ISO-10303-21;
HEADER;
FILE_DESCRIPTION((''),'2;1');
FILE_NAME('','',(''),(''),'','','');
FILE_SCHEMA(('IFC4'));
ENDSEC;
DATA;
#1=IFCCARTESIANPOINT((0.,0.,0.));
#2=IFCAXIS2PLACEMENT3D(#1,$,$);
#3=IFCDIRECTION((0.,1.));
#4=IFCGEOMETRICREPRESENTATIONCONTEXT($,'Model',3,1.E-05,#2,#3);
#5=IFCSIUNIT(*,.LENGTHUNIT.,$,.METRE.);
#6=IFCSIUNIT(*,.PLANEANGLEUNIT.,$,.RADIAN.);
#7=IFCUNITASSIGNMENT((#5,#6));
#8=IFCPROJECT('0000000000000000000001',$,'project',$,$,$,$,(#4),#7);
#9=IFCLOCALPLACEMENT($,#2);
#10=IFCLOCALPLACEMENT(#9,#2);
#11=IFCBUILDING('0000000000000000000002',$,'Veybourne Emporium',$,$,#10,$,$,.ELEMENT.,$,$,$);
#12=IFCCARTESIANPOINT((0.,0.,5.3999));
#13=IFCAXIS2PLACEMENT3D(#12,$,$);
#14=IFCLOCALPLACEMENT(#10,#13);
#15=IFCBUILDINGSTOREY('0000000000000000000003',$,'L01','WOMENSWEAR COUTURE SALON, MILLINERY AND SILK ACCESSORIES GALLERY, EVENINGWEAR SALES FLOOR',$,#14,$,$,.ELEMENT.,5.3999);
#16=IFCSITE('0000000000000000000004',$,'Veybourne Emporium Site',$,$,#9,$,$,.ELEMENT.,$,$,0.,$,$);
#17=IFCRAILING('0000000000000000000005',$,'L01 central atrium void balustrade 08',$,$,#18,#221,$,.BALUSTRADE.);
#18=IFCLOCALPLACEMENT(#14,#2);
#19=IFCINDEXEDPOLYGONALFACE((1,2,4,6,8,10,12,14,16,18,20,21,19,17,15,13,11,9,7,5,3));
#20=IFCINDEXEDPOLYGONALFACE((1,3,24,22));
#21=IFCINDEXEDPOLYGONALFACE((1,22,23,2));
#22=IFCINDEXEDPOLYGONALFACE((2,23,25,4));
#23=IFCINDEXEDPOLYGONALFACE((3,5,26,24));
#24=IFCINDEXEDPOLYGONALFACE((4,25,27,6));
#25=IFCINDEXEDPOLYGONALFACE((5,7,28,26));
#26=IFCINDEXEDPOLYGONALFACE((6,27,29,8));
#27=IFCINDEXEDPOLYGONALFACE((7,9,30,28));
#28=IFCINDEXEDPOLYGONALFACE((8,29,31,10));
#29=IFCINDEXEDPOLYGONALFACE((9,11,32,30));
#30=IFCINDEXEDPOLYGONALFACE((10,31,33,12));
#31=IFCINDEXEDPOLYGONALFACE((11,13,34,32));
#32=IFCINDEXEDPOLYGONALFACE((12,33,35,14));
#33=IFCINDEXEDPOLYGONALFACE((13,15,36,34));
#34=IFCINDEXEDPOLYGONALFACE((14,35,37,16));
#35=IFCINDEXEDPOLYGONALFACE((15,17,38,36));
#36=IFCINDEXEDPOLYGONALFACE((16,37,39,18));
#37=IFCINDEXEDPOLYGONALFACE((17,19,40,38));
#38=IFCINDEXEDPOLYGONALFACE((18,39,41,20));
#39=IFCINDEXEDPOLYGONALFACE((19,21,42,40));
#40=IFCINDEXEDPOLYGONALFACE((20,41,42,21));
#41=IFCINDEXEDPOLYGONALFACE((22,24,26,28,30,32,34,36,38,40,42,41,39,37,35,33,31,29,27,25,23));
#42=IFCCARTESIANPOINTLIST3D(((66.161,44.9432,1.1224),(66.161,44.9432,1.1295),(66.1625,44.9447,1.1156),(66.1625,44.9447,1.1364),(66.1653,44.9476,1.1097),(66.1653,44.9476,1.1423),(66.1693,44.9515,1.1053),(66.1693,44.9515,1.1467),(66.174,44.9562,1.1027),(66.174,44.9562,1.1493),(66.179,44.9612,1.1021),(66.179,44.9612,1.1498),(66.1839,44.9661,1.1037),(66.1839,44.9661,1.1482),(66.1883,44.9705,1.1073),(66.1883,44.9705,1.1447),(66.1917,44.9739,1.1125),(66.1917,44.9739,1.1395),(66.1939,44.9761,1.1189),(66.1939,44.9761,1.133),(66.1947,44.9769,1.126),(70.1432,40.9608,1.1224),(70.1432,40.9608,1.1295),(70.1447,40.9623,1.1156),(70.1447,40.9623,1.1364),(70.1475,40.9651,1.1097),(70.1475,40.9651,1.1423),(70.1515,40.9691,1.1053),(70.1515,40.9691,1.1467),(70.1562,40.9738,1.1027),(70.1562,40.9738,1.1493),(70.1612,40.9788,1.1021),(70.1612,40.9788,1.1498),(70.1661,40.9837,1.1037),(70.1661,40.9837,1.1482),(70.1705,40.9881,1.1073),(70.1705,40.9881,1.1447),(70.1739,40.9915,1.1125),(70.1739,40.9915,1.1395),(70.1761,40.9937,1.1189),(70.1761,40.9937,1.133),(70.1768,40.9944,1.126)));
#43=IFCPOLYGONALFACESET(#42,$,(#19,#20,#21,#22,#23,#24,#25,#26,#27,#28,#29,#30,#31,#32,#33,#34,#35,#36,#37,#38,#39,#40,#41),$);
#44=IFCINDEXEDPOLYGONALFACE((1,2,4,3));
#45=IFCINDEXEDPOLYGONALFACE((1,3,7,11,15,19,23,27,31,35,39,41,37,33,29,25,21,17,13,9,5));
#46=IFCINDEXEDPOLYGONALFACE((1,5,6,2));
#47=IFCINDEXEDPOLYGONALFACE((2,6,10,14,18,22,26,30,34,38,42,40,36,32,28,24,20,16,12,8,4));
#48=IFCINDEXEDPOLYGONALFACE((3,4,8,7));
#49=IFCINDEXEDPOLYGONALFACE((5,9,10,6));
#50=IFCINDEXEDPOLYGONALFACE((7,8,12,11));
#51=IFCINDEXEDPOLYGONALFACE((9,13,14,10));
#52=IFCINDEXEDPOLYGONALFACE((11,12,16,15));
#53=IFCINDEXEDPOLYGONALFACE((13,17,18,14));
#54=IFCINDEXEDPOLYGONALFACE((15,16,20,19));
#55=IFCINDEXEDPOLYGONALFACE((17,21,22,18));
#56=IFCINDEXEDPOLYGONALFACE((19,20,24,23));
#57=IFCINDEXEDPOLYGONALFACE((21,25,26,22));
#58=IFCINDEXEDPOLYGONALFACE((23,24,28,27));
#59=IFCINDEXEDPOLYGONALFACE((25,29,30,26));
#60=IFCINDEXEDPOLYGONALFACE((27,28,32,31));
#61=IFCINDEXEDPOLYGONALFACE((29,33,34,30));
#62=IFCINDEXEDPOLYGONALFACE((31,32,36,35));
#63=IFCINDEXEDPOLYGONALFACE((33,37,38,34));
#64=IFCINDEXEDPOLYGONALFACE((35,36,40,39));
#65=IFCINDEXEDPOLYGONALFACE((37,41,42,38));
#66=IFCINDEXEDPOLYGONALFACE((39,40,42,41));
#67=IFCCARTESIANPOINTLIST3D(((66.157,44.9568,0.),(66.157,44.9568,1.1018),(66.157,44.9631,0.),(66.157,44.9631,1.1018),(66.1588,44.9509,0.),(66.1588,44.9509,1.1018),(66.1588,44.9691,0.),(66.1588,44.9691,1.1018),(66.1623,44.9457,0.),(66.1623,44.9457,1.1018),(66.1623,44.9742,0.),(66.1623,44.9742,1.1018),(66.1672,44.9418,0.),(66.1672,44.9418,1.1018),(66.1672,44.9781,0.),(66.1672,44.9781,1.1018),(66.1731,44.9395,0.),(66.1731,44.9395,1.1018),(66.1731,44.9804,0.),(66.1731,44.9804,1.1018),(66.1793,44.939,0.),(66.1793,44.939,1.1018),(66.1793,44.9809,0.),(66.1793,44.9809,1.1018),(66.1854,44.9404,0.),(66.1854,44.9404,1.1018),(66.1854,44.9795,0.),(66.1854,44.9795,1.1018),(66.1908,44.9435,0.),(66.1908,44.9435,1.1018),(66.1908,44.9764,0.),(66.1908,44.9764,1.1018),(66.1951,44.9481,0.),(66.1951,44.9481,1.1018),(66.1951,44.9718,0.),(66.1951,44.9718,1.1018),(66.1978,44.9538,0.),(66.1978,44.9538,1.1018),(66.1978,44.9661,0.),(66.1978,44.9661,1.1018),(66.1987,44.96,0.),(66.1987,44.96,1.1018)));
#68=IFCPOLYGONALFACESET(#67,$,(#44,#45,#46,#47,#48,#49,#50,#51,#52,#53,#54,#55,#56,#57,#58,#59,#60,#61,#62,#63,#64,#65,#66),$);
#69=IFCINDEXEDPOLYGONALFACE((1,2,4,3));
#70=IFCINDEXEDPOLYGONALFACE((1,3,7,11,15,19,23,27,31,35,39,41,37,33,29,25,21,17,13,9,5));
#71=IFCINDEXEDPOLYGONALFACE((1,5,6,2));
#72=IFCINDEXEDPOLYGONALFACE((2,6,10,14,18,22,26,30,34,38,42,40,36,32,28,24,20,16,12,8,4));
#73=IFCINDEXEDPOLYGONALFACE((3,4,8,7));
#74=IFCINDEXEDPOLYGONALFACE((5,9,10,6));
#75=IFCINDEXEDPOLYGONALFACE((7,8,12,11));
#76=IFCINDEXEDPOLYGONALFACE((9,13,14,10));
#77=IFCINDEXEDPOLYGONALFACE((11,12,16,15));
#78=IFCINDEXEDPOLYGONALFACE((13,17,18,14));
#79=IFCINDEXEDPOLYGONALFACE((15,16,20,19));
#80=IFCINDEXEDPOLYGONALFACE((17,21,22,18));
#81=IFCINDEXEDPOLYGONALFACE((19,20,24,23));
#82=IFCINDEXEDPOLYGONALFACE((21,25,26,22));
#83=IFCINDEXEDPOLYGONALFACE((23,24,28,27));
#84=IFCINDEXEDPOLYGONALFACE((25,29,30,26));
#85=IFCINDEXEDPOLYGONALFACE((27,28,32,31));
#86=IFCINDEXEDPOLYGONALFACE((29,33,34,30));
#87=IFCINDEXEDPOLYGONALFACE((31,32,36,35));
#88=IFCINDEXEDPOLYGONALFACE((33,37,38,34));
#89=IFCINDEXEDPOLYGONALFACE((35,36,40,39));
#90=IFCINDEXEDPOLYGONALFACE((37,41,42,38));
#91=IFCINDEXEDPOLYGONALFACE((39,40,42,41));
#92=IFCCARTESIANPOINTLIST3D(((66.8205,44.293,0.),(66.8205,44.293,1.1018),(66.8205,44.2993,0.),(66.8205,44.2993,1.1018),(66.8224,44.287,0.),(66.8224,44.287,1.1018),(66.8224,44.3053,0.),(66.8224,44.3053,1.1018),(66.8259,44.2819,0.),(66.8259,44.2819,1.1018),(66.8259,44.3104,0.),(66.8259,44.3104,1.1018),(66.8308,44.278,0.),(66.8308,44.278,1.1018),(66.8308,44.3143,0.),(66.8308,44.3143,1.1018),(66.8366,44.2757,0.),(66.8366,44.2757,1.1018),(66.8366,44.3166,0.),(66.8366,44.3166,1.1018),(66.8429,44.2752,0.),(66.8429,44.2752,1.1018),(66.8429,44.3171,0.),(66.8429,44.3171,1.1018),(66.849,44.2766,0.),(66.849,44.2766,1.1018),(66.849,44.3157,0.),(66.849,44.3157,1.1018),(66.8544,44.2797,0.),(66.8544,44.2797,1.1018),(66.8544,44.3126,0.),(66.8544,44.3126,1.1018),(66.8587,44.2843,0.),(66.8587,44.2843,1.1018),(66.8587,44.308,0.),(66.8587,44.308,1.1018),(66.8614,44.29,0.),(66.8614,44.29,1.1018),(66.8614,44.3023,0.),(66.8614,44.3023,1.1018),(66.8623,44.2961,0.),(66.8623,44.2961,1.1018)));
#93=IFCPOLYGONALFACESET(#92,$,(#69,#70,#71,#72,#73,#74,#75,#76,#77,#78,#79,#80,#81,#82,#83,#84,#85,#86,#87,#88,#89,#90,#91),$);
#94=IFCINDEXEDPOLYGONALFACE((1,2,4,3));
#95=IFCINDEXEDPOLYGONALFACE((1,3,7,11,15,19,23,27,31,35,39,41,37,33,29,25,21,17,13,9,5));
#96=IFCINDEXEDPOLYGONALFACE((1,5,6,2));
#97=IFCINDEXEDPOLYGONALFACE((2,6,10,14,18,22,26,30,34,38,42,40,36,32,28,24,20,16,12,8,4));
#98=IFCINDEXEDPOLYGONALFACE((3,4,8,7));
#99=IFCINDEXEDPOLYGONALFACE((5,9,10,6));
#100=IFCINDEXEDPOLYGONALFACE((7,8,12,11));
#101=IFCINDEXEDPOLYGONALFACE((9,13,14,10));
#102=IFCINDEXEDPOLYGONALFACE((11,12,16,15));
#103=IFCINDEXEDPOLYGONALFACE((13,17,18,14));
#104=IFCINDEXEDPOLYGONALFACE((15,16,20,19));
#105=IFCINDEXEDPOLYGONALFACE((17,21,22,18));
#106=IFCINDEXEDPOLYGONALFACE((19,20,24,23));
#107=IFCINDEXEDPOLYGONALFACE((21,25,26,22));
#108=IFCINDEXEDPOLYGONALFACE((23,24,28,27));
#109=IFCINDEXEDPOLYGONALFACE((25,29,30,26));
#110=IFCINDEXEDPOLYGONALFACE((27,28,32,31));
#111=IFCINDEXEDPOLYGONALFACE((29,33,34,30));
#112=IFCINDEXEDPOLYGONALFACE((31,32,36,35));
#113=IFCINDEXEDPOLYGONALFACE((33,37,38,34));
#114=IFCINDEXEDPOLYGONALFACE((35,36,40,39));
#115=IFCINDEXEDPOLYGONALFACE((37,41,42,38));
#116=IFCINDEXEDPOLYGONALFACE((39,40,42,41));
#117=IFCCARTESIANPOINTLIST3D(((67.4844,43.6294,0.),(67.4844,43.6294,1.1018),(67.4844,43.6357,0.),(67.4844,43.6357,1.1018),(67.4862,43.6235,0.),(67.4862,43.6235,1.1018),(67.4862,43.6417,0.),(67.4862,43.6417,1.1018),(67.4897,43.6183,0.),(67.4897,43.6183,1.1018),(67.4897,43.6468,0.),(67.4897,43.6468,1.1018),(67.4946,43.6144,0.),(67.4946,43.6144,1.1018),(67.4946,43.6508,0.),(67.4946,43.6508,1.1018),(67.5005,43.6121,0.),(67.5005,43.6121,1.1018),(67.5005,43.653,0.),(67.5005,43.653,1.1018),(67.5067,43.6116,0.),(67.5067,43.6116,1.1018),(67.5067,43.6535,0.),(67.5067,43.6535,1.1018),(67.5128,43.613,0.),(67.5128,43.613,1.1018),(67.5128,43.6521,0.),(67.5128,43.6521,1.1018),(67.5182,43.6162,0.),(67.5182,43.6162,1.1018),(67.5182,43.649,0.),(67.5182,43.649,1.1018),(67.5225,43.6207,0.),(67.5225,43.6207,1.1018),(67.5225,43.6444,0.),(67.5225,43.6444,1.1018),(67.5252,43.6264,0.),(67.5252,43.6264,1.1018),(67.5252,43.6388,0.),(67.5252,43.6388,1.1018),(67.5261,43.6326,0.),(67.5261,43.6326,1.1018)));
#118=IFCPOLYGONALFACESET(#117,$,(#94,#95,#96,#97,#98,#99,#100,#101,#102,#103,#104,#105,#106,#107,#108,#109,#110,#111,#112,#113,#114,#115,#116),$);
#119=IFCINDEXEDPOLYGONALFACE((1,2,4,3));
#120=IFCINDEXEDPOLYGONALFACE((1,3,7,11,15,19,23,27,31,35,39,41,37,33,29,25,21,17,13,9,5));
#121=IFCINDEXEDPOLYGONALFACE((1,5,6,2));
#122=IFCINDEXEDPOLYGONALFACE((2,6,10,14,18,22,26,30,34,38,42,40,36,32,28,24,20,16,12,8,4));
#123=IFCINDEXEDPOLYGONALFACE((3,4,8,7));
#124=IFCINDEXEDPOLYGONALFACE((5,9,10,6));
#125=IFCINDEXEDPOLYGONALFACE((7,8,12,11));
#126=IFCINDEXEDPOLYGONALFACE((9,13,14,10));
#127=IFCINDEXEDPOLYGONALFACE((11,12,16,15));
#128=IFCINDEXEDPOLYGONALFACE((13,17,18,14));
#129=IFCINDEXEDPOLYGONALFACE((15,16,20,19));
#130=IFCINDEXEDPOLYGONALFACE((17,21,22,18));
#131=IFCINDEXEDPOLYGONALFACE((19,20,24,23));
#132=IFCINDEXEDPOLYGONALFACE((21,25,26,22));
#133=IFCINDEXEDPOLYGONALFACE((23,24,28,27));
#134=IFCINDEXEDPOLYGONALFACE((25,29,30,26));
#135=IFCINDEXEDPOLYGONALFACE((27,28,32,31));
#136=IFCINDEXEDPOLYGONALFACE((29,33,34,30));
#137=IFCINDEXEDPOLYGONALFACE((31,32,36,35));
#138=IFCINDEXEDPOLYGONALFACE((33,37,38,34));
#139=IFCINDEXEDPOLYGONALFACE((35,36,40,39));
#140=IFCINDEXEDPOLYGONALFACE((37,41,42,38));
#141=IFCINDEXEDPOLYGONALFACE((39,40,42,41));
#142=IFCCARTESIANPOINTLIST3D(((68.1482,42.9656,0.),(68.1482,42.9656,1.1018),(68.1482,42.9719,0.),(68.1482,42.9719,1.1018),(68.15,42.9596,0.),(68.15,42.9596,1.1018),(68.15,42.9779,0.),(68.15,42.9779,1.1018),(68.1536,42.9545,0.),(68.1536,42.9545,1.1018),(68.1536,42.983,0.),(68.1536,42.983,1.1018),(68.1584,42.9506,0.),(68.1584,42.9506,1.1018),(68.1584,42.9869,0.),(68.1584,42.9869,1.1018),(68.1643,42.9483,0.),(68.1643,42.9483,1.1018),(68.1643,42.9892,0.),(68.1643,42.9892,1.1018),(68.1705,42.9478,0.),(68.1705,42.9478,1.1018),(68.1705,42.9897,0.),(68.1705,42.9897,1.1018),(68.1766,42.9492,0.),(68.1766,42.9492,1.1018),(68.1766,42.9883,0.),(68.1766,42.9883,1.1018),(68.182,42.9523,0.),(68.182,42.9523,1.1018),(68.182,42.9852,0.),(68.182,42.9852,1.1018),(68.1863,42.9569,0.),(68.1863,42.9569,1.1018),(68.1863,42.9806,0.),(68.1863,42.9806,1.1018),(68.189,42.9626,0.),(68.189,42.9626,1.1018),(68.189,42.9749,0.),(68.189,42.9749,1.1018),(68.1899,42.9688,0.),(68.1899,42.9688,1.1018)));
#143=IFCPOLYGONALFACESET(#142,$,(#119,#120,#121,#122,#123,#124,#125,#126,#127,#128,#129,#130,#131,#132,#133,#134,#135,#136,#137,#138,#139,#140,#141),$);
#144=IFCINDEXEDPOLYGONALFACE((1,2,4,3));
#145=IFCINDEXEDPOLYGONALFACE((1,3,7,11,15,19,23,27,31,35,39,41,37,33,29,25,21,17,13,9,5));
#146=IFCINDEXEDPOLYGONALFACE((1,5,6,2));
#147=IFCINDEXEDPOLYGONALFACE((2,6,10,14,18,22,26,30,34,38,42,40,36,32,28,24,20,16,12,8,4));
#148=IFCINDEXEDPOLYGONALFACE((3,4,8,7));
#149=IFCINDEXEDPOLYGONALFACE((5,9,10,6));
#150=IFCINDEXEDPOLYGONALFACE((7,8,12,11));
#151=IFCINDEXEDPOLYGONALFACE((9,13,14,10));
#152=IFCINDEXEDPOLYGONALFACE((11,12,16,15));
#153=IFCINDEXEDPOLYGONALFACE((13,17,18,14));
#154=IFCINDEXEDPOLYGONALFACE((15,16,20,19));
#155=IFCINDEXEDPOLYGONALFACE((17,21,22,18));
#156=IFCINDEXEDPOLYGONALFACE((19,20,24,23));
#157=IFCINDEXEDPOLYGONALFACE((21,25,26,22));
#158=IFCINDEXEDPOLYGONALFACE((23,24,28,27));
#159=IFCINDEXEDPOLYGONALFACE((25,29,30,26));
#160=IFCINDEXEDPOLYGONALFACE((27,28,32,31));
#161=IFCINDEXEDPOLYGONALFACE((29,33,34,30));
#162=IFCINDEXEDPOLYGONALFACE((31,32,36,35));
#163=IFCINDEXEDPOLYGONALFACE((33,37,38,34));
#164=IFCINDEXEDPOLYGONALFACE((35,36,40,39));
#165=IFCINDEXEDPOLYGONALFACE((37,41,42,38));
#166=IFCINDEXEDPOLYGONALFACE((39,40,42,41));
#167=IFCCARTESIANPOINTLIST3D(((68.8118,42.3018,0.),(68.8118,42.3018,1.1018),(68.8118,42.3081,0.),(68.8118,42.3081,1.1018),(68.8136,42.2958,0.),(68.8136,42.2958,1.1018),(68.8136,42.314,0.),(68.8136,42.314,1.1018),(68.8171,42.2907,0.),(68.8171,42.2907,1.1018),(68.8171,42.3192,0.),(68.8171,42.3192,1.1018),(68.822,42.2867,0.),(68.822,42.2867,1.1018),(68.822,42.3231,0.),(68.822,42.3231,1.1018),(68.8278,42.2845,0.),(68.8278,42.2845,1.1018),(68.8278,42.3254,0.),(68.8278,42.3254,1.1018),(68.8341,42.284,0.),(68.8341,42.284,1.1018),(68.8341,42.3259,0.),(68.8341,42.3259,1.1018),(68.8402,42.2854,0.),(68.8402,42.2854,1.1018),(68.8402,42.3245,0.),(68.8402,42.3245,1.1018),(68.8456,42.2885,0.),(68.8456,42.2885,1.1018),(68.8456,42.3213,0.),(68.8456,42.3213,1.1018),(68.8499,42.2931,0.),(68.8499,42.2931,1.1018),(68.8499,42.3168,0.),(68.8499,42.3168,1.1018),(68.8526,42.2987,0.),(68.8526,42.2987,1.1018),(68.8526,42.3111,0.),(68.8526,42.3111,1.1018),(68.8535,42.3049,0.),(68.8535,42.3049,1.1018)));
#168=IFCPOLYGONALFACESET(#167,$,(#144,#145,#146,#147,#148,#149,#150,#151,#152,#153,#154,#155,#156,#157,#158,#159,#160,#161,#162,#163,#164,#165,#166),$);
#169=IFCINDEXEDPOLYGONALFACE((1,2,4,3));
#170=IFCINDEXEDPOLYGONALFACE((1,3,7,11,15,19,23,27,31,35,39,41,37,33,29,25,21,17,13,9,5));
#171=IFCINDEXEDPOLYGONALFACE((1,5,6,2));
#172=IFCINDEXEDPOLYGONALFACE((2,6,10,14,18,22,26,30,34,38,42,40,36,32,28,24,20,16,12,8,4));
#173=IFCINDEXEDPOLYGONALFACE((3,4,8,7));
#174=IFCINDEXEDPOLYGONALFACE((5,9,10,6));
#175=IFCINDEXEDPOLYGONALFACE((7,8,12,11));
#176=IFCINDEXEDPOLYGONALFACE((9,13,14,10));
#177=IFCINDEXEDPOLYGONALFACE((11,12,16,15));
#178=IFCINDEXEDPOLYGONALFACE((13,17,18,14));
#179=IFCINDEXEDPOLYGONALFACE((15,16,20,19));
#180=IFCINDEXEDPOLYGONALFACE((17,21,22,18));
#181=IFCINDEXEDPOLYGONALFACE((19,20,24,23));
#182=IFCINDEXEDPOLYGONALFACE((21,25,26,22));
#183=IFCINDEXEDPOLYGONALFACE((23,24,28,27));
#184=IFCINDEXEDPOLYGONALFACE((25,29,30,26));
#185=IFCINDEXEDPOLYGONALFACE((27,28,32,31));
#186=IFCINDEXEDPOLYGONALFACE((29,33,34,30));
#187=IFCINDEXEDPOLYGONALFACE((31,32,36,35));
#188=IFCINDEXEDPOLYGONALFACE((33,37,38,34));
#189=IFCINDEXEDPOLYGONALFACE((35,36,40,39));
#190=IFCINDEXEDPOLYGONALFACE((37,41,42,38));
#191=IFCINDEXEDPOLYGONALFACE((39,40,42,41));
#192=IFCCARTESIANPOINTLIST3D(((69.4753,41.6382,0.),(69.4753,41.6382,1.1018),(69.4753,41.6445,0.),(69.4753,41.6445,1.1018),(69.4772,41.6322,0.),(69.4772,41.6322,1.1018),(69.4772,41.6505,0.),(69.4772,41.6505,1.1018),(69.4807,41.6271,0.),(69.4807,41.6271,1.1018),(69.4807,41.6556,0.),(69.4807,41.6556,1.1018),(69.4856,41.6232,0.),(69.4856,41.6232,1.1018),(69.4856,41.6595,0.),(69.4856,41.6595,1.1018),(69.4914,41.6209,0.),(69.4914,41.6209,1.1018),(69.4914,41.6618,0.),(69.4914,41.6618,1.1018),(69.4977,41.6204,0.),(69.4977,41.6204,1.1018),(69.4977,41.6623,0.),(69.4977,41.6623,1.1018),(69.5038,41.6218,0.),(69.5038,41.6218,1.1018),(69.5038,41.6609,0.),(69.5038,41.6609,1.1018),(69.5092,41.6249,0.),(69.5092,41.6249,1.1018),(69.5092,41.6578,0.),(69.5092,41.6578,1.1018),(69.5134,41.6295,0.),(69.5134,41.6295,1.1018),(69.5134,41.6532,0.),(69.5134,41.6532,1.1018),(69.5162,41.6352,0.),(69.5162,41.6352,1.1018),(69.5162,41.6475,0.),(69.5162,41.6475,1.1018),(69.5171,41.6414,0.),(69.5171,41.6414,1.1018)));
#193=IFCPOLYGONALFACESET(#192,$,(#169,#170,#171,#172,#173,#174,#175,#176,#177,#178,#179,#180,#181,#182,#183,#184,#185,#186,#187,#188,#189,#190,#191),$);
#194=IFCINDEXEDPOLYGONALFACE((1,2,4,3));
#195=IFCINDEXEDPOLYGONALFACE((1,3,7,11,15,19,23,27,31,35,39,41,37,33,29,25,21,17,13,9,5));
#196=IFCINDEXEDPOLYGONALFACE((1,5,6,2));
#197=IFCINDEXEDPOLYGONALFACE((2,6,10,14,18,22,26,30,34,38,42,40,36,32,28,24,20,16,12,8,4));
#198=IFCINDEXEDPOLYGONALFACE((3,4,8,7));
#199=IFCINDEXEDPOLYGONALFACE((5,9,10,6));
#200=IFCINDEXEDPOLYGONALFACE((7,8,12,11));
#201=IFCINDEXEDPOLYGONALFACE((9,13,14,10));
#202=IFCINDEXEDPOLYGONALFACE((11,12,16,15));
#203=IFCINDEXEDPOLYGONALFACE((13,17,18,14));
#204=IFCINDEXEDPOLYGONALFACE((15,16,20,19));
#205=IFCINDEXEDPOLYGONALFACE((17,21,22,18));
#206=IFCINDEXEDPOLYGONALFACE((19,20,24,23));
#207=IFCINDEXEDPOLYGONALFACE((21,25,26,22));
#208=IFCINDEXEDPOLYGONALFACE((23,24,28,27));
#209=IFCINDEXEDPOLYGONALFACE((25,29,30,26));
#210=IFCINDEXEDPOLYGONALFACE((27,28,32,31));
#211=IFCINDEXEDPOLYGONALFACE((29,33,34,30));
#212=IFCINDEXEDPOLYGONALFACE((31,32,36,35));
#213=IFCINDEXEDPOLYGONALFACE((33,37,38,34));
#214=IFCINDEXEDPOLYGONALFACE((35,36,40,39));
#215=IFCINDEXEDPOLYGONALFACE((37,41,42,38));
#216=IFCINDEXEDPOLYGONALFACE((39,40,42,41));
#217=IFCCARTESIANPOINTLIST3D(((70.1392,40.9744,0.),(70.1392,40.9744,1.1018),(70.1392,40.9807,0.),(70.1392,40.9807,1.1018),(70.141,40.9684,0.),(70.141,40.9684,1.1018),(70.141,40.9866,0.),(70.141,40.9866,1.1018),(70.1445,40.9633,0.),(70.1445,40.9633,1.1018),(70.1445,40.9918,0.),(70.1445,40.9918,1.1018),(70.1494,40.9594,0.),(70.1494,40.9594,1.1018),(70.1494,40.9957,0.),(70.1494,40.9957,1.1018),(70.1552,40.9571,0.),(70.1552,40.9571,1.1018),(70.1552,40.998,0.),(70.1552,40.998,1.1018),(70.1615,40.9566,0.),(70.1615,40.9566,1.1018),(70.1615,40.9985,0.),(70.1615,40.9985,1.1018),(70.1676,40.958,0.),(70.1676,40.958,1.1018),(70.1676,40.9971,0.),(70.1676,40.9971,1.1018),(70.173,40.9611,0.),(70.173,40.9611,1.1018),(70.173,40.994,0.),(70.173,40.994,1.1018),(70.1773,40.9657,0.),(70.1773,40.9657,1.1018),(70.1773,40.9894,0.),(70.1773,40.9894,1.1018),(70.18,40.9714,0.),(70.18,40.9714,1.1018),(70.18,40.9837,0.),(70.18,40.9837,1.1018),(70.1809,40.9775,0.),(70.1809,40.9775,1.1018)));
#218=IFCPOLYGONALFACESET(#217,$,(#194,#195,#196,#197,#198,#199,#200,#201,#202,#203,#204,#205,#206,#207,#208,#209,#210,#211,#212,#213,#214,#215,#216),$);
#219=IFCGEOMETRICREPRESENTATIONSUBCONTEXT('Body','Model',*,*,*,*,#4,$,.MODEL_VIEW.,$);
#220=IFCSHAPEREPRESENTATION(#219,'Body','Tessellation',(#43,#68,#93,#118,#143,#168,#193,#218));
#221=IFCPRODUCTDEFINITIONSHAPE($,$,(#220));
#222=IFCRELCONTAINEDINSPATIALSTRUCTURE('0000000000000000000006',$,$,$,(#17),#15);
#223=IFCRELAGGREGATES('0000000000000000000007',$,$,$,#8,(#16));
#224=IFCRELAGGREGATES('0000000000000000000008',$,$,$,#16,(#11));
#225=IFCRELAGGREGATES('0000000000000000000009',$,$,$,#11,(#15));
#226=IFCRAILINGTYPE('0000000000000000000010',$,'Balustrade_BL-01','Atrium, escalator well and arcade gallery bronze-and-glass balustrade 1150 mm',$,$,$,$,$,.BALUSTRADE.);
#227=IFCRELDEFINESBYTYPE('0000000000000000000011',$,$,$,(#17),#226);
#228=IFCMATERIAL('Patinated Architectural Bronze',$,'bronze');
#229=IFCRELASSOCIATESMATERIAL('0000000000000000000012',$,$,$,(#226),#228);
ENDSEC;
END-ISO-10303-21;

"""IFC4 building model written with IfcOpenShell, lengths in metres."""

from ifc_helpers import new_model, si_unit, direction, frame, origin, origin_2d, place, context, subcontext, project, spatial, circle, extrude, material, type_object, element, save


model = new_model("IFC4")

# Units and contexts
model_context = context("Model", 3, precision=1e-05, world=origin(), true_north=direction((0.0, 1.0)))
body_context = subcontext(model_context, "Body", "Model", "MODEL_VIEW")
ifc_project = project(units=[si_unit("LENGTHUNIT", "METRE"), si_unit("PLANEANGLEUNIT", "RADIAN")], contexts=[model_context])

# Site, building, storey
site_placement = place(None, origin())
site = spatial("IfcSite", under=ifc_project, at=site_placement, Name="Veybourne Emporium Site", CompositionType="ELEMENT", RefElevation=0.0)
building_placement = place(site_placement, origin())
building = spatial("IfcBuilding", under=site, at=building_placement, Name="Veybourne Emporium", CompositionType="ELEMENT")
storey_placement = place(building_placement, frame((0.0, 0.0, 5.3999)))
storey = spatial("IfcBuildingStorey", under=building, at=storey_placement, Name="L01", Description="WOMENSWEAR COUTURE SALON, MILLINERY AND SILK ACCESSORIES GALLERY, EVENINGWEAR SALES FLOOR", CompositionType="ELEMENT", Elevation=5.3999)

# Railing
ifc_material_1 = material(Name="Patinated Architectural Bronze", Category="bronze")
railing_type = type_object("IfcRailingType", Name="Balustrade_BL-01", Description="Atrium, escalator well and arcade gallery bronze-and-glass balustrade 1150 mm", PredefinedType="BALUSTRADE", material=ifc_material_1)
railing_1_placement = place(storey_placement, frame((66.1777, 44.96, 0.0)))
element("IfcRailing", 1, at=railing_1_placement, inside=storey, type_object=railing_type, Name="L01 central atrium void balustrade 08", PredefinedType="BALUSTRADE", context=body_context, shape_type="SweptSolid", body=[
    extrude(circle(Radius=0.0239, at=origin_2d()), frame((0.0, 0.0, 1.126), z_axis=(0.707085, -0.707128, 0.0), x_axis=(0.707128, 0.707085, 0.0)), (0.0, 0.0, 1.0), 5.6318),
    extrude(circle(Radius=0.021, at=origin_2d()), origin(), (0.0, 0.0, 1.0), 1.1018),
    extrude(circle(Radius=0.021, at=origin_2d()), frame((0.6636, -0.6638, 0.0)), (0.0, 0.0, 1.0), 1.1018),
    extrude(circle(Radius=0.021, at=origin_2d()), frame((1.3274, -1.3274, 0.0)), (0.0, 0.0, 1.0), 1.1018),
    extrude(circle(Radius=0.021, at=origin_2d()), frame((1.9912, -1.9912, 0.0)), (0.0, 0.0, 1.0), 1.1018),
    extrude(circle(Radius=0.021, at=origin_2d()), frame((2.6548, -2.655, 0.0)), (0.0, 0.0, 1.0), 1.1018),
    extrude(circle(Radius=0.021, at=origin_2d()), frame((3.3184, -3.3186, 0.0)), (0.0, 0.0, 1.0), 1.1018),
    extrude(circle(Radius=0.021, at=origin_2d()), frame((3.9822, -3.9824, 0.0)), (0.0, 0.0, 1.0), 1.1018),
])

save(model, "model.ifc")
